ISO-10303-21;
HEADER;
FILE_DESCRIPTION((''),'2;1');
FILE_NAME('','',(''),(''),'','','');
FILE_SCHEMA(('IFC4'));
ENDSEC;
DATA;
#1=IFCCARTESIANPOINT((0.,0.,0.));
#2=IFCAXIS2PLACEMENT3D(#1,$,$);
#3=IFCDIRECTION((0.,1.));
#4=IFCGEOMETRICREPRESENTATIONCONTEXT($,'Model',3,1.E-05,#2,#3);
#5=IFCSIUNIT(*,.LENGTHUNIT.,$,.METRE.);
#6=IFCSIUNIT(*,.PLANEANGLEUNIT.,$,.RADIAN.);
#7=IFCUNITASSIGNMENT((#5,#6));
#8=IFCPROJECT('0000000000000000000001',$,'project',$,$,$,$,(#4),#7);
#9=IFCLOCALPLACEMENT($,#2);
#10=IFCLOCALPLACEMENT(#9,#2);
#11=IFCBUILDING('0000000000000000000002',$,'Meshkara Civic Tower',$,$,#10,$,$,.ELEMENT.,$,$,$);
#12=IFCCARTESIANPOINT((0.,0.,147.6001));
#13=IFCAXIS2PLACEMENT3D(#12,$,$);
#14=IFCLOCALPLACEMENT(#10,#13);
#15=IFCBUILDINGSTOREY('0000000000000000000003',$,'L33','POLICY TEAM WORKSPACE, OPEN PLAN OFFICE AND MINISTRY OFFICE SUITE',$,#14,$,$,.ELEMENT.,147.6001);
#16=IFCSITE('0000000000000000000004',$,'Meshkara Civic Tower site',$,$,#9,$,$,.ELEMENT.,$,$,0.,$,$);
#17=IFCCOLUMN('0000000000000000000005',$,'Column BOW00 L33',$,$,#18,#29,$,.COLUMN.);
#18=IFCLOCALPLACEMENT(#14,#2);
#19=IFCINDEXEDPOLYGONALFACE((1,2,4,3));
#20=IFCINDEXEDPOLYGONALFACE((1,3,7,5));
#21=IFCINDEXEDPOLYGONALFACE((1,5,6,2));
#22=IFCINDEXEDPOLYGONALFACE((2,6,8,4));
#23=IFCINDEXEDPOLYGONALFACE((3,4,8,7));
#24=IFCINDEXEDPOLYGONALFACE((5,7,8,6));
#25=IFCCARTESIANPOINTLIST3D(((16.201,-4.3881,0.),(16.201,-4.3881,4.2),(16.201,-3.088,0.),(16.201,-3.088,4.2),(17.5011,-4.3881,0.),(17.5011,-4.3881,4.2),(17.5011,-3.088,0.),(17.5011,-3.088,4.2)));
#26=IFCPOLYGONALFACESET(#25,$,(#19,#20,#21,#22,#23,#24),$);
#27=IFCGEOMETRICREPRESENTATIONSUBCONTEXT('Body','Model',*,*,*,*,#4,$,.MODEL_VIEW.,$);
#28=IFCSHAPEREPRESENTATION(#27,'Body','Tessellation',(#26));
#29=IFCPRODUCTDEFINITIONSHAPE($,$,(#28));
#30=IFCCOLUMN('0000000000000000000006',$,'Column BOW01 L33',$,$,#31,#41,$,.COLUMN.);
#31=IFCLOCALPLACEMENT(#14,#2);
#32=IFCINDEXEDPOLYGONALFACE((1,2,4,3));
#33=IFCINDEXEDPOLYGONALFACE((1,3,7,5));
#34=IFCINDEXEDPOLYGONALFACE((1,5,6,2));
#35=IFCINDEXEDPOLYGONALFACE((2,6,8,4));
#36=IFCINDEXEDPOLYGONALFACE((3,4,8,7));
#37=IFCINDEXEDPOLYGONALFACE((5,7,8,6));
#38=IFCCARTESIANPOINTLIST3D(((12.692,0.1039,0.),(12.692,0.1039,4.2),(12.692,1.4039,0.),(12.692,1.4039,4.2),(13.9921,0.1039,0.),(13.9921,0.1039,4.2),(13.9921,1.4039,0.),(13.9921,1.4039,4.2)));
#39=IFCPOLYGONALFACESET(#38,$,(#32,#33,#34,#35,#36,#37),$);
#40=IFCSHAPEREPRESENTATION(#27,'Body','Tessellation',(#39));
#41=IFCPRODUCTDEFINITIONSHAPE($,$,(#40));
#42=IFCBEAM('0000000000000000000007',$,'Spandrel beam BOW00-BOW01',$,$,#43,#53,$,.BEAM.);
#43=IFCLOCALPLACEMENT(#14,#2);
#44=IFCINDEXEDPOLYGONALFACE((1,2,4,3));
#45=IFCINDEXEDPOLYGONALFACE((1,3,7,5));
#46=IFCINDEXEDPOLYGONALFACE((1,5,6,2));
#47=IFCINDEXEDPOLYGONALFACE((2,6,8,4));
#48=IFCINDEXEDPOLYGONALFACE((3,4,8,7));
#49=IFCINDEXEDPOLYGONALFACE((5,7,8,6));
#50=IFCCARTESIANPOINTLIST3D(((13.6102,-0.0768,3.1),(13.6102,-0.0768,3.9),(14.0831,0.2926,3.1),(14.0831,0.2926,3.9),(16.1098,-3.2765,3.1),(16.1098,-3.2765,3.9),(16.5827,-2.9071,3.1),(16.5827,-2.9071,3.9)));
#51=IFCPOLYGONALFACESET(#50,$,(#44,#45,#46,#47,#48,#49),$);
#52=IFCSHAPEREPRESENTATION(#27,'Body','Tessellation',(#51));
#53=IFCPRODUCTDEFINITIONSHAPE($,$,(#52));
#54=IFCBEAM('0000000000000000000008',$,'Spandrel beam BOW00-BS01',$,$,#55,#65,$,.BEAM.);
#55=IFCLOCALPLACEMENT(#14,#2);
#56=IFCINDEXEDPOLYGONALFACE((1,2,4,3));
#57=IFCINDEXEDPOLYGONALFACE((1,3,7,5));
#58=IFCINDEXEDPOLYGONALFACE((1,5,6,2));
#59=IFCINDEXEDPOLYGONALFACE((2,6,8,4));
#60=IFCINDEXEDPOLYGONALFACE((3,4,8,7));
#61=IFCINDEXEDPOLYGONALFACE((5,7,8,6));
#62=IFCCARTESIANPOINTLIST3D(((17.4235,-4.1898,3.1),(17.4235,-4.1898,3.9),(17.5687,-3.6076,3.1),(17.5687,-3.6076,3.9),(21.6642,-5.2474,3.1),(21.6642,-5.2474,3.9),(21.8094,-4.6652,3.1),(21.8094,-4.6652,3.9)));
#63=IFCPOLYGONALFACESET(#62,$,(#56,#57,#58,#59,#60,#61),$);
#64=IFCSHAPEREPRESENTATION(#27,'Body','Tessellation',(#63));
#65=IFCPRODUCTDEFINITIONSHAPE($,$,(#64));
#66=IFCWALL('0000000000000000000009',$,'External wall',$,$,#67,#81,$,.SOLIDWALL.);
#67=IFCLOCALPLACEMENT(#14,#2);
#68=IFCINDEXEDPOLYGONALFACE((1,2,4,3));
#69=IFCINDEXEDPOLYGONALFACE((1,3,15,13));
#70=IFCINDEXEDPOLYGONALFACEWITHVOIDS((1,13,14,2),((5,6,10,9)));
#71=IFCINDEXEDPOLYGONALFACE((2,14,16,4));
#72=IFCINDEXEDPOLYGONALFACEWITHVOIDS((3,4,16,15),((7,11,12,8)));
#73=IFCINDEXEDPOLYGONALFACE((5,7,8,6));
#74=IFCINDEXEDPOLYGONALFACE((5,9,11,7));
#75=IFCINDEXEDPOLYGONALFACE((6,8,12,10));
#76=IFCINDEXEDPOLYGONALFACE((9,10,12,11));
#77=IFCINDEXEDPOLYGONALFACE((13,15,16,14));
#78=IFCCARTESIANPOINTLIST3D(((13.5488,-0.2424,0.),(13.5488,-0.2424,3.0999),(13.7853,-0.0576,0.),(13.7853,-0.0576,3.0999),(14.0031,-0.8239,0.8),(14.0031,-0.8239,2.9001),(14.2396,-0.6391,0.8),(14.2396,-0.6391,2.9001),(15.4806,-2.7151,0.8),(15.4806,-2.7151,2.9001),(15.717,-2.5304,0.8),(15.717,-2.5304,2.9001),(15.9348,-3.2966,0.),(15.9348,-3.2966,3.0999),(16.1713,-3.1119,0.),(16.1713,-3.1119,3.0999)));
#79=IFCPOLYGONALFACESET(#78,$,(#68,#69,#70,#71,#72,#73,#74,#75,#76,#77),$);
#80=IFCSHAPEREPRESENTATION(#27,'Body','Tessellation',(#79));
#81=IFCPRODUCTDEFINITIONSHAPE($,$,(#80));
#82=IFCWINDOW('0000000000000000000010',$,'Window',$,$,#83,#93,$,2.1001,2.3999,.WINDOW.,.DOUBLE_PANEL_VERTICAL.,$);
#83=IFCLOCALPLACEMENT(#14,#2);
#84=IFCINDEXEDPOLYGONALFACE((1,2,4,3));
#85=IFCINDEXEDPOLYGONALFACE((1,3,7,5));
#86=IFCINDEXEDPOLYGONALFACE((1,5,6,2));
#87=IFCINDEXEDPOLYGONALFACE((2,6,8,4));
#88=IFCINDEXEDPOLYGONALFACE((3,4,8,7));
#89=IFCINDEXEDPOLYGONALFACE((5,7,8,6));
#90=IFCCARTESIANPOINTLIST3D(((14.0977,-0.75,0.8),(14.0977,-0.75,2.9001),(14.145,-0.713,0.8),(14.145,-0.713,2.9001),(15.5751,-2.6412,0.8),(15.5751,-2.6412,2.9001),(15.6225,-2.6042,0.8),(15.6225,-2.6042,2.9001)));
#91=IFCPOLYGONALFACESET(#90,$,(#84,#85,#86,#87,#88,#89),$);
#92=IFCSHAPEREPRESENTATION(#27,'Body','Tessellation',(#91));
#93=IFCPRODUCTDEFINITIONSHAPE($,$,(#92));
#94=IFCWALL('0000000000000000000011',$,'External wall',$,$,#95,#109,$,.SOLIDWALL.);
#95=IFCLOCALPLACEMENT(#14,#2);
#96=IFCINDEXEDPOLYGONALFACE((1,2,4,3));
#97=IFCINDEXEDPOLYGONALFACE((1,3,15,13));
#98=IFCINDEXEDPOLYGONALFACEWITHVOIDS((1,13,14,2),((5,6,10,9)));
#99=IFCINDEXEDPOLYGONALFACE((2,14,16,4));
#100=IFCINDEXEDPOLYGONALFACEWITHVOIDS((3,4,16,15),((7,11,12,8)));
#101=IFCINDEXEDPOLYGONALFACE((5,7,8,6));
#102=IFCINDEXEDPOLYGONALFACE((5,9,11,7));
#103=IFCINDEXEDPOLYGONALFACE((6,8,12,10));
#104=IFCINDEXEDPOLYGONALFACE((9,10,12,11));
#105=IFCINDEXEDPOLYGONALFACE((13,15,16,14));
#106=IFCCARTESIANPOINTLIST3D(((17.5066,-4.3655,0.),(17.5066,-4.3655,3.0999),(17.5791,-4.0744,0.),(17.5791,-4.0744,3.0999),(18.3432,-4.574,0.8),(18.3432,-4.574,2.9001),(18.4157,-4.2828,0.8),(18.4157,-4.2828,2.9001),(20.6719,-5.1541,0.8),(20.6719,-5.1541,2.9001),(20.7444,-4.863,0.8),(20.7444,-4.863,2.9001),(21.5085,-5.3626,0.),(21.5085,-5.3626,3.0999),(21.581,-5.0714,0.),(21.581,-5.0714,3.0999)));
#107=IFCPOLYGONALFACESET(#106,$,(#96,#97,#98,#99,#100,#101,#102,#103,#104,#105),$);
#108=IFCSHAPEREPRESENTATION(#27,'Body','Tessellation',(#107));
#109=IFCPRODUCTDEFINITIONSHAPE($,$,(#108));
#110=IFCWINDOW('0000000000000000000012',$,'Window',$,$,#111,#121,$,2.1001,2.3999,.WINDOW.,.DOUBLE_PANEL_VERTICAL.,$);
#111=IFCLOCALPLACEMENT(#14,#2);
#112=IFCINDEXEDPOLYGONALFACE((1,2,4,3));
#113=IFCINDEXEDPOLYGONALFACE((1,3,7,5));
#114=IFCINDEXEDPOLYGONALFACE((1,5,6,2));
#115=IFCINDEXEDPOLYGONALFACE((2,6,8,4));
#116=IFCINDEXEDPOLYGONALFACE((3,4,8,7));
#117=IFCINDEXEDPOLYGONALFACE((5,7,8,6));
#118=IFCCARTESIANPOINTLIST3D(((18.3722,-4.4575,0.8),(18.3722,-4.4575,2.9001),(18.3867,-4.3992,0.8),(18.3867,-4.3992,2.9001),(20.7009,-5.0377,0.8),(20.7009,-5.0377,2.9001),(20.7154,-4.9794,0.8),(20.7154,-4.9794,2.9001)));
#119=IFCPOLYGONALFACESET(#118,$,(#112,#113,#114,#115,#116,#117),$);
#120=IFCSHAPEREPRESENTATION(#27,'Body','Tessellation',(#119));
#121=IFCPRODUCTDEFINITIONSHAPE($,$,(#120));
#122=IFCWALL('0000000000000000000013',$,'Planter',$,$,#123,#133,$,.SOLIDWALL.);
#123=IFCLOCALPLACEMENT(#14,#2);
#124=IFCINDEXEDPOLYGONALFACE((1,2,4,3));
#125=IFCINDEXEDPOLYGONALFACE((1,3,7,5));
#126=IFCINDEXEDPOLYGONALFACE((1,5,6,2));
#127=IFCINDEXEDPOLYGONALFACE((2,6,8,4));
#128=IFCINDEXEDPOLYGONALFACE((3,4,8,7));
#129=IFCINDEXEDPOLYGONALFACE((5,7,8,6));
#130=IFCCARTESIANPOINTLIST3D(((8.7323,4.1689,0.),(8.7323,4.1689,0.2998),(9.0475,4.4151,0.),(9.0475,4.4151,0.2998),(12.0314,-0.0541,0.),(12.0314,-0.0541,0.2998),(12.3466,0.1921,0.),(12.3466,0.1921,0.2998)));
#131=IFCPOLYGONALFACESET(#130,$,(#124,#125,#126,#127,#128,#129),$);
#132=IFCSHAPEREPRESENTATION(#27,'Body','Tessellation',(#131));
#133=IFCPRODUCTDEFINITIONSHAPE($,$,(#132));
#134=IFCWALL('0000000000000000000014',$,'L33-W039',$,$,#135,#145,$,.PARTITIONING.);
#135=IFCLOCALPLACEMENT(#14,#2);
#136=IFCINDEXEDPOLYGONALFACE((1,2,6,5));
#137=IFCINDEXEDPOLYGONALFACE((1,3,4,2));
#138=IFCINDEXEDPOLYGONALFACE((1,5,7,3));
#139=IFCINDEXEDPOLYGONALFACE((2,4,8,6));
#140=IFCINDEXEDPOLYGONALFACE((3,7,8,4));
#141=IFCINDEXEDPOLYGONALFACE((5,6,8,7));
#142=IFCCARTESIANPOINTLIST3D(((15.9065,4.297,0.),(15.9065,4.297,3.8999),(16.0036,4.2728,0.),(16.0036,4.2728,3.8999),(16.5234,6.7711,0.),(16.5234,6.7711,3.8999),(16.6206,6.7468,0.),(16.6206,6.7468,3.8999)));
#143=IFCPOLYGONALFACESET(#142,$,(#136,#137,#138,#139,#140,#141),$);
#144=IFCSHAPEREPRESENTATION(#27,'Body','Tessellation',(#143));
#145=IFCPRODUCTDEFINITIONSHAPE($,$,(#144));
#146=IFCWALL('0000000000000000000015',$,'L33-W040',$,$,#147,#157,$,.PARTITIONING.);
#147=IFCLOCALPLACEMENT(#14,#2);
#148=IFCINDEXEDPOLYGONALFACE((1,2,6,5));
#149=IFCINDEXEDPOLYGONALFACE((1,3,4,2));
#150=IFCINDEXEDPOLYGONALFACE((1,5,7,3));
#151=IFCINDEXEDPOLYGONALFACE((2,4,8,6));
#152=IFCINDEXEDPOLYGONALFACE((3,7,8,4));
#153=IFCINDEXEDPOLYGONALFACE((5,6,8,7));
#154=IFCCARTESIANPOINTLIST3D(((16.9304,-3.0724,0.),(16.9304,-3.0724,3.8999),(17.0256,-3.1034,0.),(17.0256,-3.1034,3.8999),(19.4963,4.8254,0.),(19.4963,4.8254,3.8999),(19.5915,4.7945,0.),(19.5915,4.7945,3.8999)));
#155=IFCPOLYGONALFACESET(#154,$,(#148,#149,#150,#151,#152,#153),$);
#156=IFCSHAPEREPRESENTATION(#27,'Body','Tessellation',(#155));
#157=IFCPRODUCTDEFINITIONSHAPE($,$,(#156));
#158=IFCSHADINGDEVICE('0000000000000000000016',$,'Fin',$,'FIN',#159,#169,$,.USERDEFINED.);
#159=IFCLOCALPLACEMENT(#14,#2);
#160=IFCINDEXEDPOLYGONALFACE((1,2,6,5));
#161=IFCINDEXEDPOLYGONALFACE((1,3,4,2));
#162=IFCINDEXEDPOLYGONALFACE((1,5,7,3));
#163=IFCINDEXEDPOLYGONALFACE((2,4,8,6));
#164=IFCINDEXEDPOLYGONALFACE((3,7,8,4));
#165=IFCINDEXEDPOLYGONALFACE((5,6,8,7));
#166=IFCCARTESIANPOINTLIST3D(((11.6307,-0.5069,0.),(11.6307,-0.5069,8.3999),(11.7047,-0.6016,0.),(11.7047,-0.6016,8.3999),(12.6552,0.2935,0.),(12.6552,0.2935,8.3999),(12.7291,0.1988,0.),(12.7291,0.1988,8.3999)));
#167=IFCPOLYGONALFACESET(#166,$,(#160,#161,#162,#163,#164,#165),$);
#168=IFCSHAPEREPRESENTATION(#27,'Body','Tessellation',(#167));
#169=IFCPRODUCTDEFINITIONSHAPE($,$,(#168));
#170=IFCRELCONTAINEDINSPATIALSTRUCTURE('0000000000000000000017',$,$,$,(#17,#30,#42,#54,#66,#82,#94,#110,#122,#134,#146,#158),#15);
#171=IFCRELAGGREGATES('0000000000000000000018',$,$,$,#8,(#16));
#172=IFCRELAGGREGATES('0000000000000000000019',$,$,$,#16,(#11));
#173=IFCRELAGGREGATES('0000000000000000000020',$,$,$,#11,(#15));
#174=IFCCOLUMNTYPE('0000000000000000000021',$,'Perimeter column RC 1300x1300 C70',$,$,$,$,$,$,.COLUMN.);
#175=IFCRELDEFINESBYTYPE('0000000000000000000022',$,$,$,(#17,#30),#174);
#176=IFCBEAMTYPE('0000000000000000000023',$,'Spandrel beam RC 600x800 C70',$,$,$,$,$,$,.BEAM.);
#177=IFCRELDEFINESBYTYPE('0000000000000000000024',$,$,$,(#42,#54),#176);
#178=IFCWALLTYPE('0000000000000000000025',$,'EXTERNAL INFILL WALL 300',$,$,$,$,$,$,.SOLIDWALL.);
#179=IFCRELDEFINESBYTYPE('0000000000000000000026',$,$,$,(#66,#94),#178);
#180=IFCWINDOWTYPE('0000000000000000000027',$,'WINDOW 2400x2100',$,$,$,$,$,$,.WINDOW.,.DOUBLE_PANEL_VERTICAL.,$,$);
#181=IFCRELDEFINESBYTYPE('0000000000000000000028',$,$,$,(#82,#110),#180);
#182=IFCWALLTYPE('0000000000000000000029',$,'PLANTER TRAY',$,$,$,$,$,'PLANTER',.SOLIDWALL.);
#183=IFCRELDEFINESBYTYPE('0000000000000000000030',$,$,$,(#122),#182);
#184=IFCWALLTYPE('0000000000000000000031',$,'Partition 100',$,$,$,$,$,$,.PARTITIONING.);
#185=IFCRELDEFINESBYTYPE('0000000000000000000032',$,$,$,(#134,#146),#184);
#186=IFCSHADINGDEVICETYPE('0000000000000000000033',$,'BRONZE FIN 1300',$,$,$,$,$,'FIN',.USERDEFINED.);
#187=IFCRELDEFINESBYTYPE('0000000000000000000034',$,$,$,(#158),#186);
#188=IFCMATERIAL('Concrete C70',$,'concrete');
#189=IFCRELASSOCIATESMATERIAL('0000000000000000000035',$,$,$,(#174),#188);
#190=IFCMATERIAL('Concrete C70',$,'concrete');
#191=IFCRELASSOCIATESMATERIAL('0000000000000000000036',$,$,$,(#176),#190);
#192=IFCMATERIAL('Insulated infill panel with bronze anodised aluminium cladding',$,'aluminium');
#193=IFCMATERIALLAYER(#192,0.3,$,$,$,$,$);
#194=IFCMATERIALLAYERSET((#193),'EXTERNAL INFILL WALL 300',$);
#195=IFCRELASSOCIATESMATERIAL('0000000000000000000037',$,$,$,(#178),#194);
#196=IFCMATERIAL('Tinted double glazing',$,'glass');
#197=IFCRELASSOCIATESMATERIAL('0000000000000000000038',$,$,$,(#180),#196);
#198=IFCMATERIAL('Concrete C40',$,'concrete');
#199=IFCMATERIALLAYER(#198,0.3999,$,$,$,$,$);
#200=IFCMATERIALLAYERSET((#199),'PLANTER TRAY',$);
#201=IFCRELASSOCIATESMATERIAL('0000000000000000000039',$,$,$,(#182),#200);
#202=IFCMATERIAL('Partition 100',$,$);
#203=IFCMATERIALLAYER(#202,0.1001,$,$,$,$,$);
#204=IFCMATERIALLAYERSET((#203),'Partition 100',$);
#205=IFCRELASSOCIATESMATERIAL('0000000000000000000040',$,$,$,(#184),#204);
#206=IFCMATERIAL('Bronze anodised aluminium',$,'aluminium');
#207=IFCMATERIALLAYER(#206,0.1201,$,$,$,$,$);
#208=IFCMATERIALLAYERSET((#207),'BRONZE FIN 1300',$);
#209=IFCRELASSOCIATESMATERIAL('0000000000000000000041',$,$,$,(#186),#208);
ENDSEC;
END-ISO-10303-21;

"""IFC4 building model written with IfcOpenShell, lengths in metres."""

from ifc_helpers import new_model, si_unit, direction, frame, frame_2d, origin, origin_2d, place, context, subcontext, project, spatial, rectangle, extrude, material, layer, layer_set, material_profile, profile_set, type_object, element, fill, save


model = new_model("IFC4")

# Units and contexts
model_context = context("Model", 3, precision=1e-05, world=origin(), true_north=direction((0.0, 1.0)))
body_context = subcontext(model_context, "Body", "Model", "MODEL_VIEW")
ifc_project = project(units=[si_unit("LENGTHUNIT", "METRE"), si_unit("PLANEANGLEUNIT", "RADIAN")], contexts=[model_context])

# Site, building, storey
site_placement = place(None, origin())
site = spatial("IfcSite", under=ifc_project, at=site_placement, Name="Meshkara Civic Tower site", CompositionType="ELEMENT", RefElevation=0.0)
building_placement = place(site_placement, origin())
building = spatial("IfcBuilding", under=site, at=building_placement, Name="Meshkara Civic Tower", CompositionType="ELEMENT")
storey_placement = place(building_placement, frame((0.0, 0.0, 147.6001)))
storey = spatial("IfcBuildingStorey", under=building, at=storey_placement, Name="L33", Description="POLICY TEAM WORKSPACE, OPEN PLAN OFFICE AND MINISTRY OFFICE SUITE", CompositionType="ELEMENT", Elevation=147.6001)

# Columns
ifc_material_1 = material(Name="Concrete C70", Category="concrete")
ifc_material_profile_1 = material_profile(ifc_material_1, rectangle(XDim=1.3, YDim=1.3, at=origin_2d()))
ifc_profile_set_1 = profile_set([ifc_material_profile_1], Name="Concrete C70")
column_type = type_object("IfcColumnType", Name="Perimeter column RC 1300x1300 C70", PredefinedType="COLUMN", material=ifc_profile_set_1)
for number, where, z_axis, x_axis, name in (
    (1, (16.8511, -3.738, 0.0), (0.0, 0.0, 1.0), (1.0, 0.0, 0.0), "Column BOW00 L33"),
    (2, (13.342, 0.7539, 0.0), (0.0, 0.0, 1.0), (1.0, 0.0, 0.0), "Column BOW01 L33"),
):
    element("IfcColumn", number, at=place(storey_placement, frame(where, z_axis=z_axis, x_axis=x_axis)), inside=storey, type_object=column_type, Name=name, PredefinedType="COLUMN", context=body_context, shape_type="SweptSolid", body=[
        extrude(rectangle(XDim=1.3, YDim=1.3, at=origin_2d()), origin(), (0.0, 0.0, 1.0), 4.2),
    ])

# Beams
ifc_material_2 = material(Name="Concrete C70", Category="concrete")
ifc_material_profile_2 = material_profile(ifc_material_2, rectangle(XDim=0.6001, YDim=0.8, at=origin_2d()))
ifc_profile_set_2 = profile_set([ifc_material_profile_2], Name="Concrete C70")
beam_type = type_object("IfcBeamType", Name="Spandrel beam RC 600x800 C70", PredefinedType="BEAM", material=ifc_profile_set_2)
beam_1_placement = place(storey_placement, frame((13.8467, 0.1079, 3.5), z_axis=(0.615604, -0.788055, 0.0), x_axis=(0.788055, 0.615604, 0.0)))
element("IfcBeam", 3, at=beam_1_placement, inside=storey, type_object=beam_type, Name="Spandrel beam BOW00-BOW01", PredefinedType="BEAM", context=body_context, shape_type="SweptSolid", body=[
    extrude(rectangle(XDim=0.6001, YDim=0.8, at=origin_2d()), origin(), (0.0, 0.0, 1.0), 4.0603),
])
beam_2_placement = place(storey_placement, frame((17.4961, -3.8987, 3.5), z_axis=(0.97028, -0.241984, 0.0), x_axis=(0.241984, 0.97028, 0.0)))
element("IfcBeam", 4, at=beam_2_placement, inside=storey, type_object=beam_type, Name="Spandrel beam BOW00-BS01", PredefinedType="BEAM", context=body_context, shape_type="SweptSolid", body=[
    extrude(rectangle(XDim=0.6001, YDim=0.8, at=origin_2d()), origin(), (0.0, 0.0, 1.0), 4.3706),
])

# Walls, openings, windows
ifc_material_3 = material(Name="Insulated infill panel with bronze anodised aluminium cladding", Category="aluminium")
ifc_layer_1 = layer(ifc_material_3, 0.3)
ifc_layer_set_1 = layer_set([ifc_layer_1], Name="EXTERNAL INFILL WALL 300")
wall_type_1 = type_object("IfcWallType", Name="EXTERNAL INFILL WALL 300", PredefinedType="SOLIDWALL", material=ifc_layer_set_1)
wall_1_placement = place(storey_placement, frame((13.667, -0.1499, 0.0), z_axis=(0.0, 0.0, 1.0), x_axis=(0.615627, -0.788038, 0.0)))
wall_1 = element("IfcWall", 5, at=wall_1_placement, inside=storey, type_object=wall_type_1, Name="External wall", PredefinedType="SOLIDWALL", context=body_context, shape_type="SweptSolid", body=[
    extrude(rectangle(XDim=3.8757, YDim=0.3, at=frame_2d((1.938, 0.0))), origin(), (0.0, 0.0, 1.0), 3.0999),
])
opening_1_placement = place(wall_1_placement, frame((0.738, 0.0, 0.8)))
opening_1 = element("IfcOpeningElement", 6, at=opening_1_placement, cuts=wall_1, PredefinedType="OPENING", context=body_context, shape_type="SweptSolid", body=[
    extrude(rectangle(XDim=2.3999, YDim=2.1001, at=frame_2d((1.2, 1.05))), frame((0.0, 0.1599, 0.0), z_axis=(0.0, -1.0, 0.0), x_axis=(1.0, 0.0, 0.0)), (0.0, 0.0, 1.0), 0.3201),
])
ifc_material_4 = material(Name="Tinted double glazing", Category="glass")
window_type = type_object("IfcWindowType", Name="WINDOW 2400x2100", PartitioningType="DOUBLE_PANEL_VERTICAL", PredefinedType="WINDOW", material=ifc_material_4)
window_1_placement = place(opening_1_placement, origin())
window_1 = element("IfcWindow", 7, at=window_1_placement, inside=storey, type_object=window_type, Name="Window", OverallHeight=2.1001, OverallWidth=2.3999, PartitioningType="DOUBLE_PANEL_VERTICAL", PredefinedType="WINDOW", context=body_context, shape_type="SweptSolid", body=[
    extrude(rectangle(XDim=2.3999, YDim=2.1001, at=frame_2d((1.2, 1.05))), frame((0.0, 0.03, 0.0), z_axis=(0.0, -1.0, 0.0), x_axis=(1.0, 0.0, 0.0)), (0.0, 0.0, 1.0), 0.0601),
])
fill(opening_1, window_1)
wall_2_placement = place(storey_placement, frame((17.543, -4.22, 0.0), z_axis=(0.0, 0.0, 1.0), x_axis=(0.970337, -0.241756, 0.0)))
wall_2 = element("IfcWall", 8, at=wall_2_placement, inside=storey, type_object=wall_type_1, Name="External wall", PredefinedType="SOLIDWALL", context=body_context, shape_type="SweptSolid", body=[
    extrude(rectangle(XDim=4.1243, YDim=0.3, at=frame_2d((2.062, 0.0))), origin(), (0.0, 0.0, 1.0), 3.0999),
])
opening_2_placement = place(wall_2_placement, frame((0.8621, 0.0, 0.8)))
opening_2 = element("IfcOpeningElement", 9, at=opening_2_placement, cuts=wall_2, PredefinedType="OPENING", context=body_context, shape_type="SweptSolid", body=[
    extrude(rectangle(XDim=2.3999, YDim=2.1001, at=frame_2d((1.2, 1.05))), frame((0.0, 0.1599, 0.0), z_axis=(0.0, -1.0, 0.0), x_axis=(1.0, 0.0, 0.0)), (0.0, 0.0, 1.0), 0.3201),
])
window_2_placement = place(opening_2_placement, origin())
window_2 = element("IfcWindow", 10, at=window_2_placement, inside=storey, type_object=window_type, Name="Window", OverallHeight=2.1001, OverallWidth=2.3999, PartitioningType="DOUBLE_PANEL_VERTICAL", PredefinedType="WINDOW", context=body_context, shape_type="SweptSolid", body=[
    extrude(rectangle(XDim=2.3999, YDim=2.1001, at=frame_2d((1.2, 1.05))), frame((0.0, 0.03, 0.0), z_axis=(0.0, -1.0, 0.0), x_axis=(1.0, 0.0, 0.0)), (0.0, 0.0, 1.0), 0.0601),
])
fill(opening_2, window_2)

# Walls
ifc_material_5 = material(Name="Concrete C40", Category="concrete")
ifc_layer_2 = layer(ifc_material_5, 0.3999)
ifc_layer_set_2 = layer_set([ifc_layer_2], Name="PLANTER TRAY")
wall_type_2 = type_object("IfcWallType", Name="PLANTER TRAY", ElementType="PLANTER", PredefinedType="SOLIDWALL", material=ifc_layer_set_2)
wall_3_placement = place(storey_placement, frame((8.8899, 4.292, 0.0), z_axis=(0.0, 0.0, 1.0), x_axis=(0.615636, -0.788031, 0.0)))
element("IfcWall", 11, at=wall_3_placement, inside=storey, type_object=wall_type_2, Name="Planter", PredefinedType="SOLIDWALL", context=body_context, shape_type="SweptSolid", body=[
    extrude(rectangle(XDim=5.3589, YDim=0.3999, at=frame_2d((2.6794, 0.0))), origin(), (0.0, 0.0, 1.0), 0.2998),
])
ifc_material_6 = material(Name="Partition 100")
ifc_layer_3 = layer(ifc_material_6, 0.1001)
ifc_layer_set_3 = layer_set([ifc_layer_3], Name="Partition 100")
wall_type_3 = type_object("IfcWallType", Name="Partition 100", PredefinedType="PARTITIONING", material=ifc_layer_set_3)
wall_4_placement = place(storey_placement, frame((15.9551, 4.2849, 0.0), z_axis=(0.0, 0.0, 1.0), x_axis=(0.24195, 0.970289, 0.0)))
element("IfcWall", 12, at=wall_4_placement, inside=storey, type_object=wall_type_3, Name="L33-W039", PredefinedType="PARTITIONING", context=body_context, shape_type="SweptSolid", body=[
    extrude(rectangle(XDim=2.5498, YDim=0.1001, at=frame_2d((1.2749, 0.0))), origin(), (0.0, 0.0, 1.0), 3.8999),
])
wall_5_placement = place(storey_placement, frame((16.978, -3.0879, 0.0), z_axis=(0.0, 0.0, 1.0), x_axis=(0.308986, 0.951066, 0.0)))
element("IfcWall", 13, at=wall_5_placement, inside=storey, type_object=wall_type_3, Name="L33-W040", PredefinedType="PARTITIONING", context=body_context, shape_type="SweptSolid", body=[
    extrude(rectangle(XDim=8.3042, YDim=0.1001, at=frame_2d((4.1521, 0.0))), origin(), (0.0, 0.0, 1.0), 3.8999),
])

# Shading device
ifc_material_7 = material(Name="Bronze anodised aluminium", Category="aluminium")
ifc_layer_4 = layer(ifc_material_7, 0.1201)
ifc_layer_set_4 = layer_set([ifc_layer_4], Name="BRONZE FIN 1300")
shading_device_type_1 = type_object("IfcShadingDeviceType", Name="BRONZE FIN 1300", ElementType="FIN", PredefinedType="USERDEFINED", material=ifc_layer_set_4)
for number, where, z_axis, x_axis, name in (
    (14, (12.1799, -0.1541, 0.0), (0.0, 0.0, 1.0), (0.615661, -0.788011, 0.0), "Fin"),
):
    element("IfcShadingDevice", number, at=place(storey_placement, frame(where, z_axis=z_axis, x_axis=x_axis)), inside=storey, type_object=shading_device_type_1, Name=name, ObjectType="FIN", PredefinedType="USERDEFINED", context=body_context, shape_type="SweptSolid", body=[
        extrude(rectangle(XDim=0.1201, YDim=1.3, at=origin_2d()), origin(), (0.0, 0.0, 1.0), 8.3999),
    ])

save(model, "model.ifc")
